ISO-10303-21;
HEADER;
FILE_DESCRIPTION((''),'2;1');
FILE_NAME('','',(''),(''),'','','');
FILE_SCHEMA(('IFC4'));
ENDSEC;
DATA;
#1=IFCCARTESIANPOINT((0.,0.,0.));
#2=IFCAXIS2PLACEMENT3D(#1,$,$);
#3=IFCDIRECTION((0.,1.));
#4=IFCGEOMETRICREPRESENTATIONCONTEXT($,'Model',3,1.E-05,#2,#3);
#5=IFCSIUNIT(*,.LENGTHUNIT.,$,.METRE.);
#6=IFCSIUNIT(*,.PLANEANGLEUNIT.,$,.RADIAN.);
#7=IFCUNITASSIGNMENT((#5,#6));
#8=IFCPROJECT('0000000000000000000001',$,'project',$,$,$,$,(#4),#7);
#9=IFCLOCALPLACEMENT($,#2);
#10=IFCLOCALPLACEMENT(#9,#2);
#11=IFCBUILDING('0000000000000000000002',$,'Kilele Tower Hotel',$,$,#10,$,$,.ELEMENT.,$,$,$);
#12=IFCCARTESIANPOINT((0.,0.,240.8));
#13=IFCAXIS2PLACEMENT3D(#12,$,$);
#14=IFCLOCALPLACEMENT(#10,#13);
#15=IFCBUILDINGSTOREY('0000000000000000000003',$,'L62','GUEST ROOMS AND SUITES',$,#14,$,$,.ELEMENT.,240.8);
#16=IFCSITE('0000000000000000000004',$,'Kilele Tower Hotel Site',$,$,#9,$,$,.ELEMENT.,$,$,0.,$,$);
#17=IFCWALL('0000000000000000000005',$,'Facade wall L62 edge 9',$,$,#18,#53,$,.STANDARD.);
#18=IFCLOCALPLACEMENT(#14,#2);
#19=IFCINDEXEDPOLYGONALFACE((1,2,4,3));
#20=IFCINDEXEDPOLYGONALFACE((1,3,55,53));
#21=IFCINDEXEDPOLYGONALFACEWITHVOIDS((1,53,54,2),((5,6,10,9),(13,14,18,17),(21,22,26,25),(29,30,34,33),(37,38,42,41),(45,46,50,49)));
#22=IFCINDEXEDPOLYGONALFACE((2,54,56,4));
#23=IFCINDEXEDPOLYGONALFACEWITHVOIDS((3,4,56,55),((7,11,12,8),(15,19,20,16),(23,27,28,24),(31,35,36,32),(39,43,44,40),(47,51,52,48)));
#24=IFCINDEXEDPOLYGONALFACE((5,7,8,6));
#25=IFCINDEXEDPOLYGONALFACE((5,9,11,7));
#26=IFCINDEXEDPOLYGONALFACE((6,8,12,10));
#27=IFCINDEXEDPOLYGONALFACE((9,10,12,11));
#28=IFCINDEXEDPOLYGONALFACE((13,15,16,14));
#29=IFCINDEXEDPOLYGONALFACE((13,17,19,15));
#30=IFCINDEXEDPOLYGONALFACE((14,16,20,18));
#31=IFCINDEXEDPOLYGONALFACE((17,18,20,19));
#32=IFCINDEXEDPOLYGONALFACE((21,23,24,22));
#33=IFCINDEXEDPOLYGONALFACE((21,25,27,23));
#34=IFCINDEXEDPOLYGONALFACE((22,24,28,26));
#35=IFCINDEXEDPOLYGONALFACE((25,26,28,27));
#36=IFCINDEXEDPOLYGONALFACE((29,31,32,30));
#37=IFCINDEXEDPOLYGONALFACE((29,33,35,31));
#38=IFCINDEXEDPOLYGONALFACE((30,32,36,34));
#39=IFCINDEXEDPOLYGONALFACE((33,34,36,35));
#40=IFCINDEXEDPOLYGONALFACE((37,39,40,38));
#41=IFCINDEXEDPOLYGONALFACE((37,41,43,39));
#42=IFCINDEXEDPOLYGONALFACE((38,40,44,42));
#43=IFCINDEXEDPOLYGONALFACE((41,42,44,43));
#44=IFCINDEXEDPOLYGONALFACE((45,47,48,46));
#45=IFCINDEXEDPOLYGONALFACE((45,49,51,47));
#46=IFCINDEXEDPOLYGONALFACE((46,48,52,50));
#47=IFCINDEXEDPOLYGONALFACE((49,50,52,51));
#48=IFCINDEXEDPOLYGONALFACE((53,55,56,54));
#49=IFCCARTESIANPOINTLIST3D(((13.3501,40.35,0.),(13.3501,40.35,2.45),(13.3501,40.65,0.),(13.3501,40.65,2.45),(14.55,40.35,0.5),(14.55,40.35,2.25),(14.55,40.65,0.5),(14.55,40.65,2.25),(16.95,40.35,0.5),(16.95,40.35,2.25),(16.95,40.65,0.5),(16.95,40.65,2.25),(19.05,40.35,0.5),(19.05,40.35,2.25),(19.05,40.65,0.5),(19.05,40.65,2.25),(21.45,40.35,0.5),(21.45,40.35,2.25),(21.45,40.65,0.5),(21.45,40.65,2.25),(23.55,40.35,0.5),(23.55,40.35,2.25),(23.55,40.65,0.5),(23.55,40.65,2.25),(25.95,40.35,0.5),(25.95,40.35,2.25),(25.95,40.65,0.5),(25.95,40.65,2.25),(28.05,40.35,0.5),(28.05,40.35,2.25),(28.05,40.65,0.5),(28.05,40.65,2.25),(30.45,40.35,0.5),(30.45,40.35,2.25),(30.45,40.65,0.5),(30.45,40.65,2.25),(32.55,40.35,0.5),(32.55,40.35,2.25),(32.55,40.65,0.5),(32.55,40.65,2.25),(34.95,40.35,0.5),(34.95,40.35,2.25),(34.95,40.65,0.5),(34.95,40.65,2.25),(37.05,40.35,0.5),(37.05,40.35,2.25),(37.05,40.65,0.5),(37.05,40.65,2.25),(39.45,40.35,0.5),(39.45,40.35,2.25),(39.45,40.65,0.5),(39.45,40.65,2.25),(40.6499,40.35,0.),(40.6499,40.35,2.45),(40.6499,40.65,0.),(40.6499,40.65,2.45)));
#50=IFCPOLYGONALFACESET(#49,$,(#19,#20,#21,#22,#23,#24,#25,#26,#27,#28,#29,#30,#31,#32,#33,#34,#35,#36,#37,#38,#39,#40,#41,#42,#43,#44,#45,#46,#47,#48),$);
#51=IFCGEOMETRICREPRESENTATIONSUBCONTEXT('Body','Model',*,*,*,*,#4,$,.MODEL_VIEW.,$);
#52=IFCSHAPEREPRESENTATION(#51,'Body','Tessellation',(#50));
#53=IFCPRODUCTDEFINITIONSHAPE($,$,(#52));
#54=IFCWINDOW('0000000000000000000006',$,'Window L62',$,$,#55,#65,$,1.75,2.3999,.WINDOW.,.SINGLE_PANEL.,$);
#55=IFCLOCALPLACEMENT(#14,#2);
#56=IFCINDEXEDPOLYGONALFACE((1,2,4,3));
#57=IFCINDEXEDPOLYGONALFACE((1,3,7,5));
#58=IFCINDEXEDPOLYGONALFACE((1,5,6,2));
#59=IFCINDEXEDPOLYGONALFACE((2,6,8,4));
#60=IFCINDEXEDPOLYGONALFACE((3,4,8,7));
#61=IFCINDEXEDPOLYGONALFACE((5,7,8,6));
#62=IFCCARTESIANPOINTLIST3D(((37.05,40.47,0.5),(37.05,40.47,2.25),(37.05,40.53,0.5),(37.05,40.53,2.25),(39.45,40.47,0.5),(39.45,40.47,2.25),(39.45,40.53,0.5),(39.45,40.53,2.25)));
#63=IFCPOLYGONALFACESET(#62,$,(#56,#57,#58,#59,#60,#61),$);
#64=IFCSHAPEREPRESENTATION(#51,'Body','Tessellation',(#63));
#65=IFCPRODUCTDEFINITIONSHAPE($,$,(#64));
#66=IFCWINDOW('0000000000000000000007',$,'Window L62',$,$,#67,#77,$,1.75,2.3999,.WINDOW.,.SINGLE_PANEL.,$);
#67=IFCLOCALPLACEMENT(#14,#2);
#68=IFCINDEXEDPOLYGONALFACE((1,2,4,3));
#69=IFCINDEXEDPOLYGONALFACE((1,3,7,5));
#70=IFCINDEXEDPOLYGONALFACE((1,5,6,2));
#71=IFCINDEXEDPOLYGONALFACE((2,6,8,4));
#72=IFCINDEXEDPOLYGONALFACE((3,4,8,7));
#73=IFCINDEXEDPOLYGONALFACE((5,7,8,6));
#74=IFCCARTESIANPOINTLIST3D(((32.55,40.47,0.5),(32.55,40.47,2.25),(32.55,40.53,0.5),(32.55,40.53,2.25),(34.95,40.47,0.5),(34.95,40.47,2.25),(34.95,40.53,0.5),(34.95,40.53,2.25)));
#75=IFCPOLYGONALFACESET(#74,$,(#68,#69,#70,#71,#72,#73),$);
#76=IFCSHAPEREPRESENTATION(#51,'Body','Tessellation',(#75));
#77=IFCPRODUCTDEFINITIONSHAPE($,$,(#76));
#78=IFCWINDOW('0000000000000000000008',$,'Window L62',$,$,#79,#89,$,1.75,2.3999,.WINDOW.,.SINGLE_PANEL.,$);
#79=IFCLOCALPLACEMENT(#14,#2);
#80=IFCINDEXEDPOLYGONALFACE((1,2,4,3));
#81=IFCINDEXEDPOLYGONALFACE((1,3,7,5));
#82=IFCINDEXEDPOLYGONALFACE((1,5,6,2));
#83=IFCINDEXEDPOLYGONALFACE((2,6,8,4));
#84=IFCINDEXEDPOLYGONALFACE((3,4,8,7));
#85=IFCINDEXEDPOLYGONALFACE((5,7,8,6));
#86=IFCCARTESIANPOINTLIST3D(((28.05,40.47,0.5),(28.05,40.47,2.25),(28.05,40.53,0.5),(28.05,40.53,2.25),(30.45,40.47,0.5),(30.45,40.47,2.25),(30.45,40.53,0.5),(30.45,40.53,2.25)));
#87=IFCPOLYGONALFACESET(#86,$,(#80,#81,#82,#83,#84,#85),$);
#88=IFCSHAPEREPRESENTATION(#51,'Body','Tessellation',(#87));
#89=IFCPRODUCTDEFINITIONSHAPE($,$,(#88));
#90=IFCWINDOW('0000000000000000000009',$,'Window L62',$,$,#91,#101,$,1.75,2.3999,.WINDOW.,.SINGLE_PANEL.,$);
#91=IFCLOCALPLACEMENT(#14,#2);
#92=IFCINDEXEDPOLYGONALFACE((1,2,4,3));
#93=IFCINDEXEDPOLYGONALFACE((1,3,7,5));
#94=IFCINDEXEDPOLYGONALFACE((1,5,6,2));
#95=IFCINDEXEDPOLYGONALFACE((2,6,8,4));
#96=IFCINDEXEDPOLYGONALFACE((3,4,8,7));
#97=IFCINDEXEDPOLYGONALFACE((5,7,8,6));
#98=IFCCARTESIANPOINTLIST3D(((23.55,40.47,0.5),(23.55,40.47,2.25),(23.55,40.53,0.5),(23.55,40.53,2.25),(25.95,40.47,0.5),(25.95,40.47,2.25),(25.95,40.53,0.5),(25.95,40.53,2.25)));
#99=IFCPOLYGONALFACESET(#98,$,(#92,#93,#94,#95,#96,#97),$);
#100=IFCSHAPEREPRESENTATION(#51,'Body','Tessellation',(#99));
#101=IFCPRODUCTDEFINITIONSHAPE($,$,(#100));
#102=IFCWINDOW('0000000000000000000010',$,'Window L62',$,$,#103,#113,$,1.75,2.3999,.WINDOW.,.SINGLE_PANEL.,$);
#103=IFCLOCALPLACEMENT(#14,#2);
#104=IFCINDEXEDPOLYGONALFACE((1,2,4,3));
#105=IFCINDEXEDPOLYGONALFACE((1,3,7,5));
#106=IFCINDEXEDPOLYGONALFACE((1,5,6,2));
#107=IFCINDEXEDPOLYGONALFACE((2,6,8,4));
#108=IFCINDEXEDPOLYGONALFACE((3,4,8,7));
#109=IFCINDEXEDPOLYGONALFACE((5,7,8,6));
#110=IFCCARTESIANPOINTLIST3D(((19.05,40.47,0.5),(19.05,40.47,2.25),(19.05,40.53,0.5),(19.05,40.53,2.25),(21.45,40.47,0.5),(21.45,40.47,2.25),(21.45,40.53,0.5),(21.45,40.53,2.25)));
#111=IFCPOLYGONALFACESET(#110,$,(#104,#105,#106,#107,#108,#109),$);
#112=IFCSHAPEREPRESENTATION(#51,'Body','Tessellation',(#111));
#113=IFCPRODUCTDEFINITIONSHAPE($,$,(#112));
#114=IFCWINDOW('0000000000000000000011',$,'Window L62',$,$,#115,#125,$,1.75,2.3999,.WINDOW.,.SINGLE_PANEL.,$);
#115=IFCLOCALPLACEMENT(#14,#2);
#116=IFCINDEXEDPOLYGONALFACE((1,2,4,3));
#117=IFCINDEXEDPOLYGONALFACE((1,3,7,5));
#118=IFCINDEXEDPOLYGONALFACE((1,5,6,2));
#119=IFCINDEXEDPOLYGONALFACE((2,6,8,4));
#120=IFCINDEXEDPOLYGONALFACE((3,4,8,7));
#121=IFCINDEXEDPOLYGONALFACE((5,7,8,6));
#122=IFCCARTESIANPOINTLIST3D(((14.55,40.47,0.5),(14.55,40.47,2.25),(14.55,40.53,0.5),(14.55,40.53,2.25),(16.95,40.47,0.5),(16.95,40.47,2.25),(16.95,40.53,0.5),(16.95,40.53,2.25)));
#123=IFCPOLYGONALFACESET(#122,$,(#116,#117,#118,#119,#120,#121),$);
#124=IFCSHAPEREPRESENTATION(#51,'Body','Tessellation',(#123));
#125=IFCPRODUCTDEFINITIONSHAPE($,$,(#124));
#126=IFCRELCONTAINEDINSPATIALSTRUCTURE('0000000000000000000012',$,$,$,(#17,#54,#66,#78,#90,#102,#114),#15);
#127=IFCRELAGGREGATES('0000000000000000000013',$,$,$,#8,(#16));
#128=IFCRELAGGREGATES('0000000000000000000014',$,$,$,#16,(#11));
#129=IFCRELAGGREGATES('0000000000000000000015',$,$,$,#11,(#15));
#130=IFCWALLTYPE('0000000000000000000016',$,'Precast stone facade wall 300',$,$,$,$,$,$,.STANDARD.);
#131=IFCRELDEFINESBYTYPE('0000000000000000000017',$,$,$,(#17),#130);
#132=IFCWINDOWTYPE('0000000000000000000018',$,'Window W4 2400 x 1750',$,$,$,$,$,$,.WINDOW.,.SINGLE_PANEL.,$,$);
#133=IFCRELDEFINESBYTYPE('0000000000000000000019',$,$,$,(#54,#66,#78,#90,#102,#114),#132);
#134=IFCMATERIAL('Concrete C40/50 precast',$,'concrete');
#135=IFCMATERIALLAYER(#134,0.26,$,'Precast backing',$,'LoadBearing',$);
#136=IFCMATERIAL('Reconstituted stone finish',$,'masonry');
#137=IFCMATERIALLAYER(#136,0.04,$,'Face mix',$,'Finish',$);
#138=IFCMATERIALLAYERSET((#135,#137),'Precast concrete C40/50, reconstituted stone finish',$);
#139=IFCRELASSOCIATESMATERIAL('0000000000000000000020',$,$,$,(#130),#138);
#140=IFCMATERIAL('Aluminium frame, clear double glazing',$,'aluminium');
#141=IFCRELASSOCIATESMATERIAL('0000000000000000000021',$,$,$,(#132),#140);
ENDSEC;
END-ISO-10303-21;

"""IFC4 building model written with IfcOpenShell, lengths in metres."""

from ifc_helpers import new_model, si_unit, direction, frame, frame_2d, origin, place, context, subcontext, project, spatial, rectangle, extrude, material, layer, layer_set, type_object, element, fill, save


model = new_model("IFC4")

# Units and contexts
model_context = context("Model", 3, precision=1e-05, world=origin(), true_north=direction((0.0, 1.0)))
body_context = subcontext(model_context, "Body", "Model", "MODEL_VIEW")
ifc_project = project(units=[si_unit("LENGTHUNIT", "METRE"), si_unit("PLANEANGLEUNIT", "RADIAN")], contexts=[model_context])

# Site, building, storey
site_placement = place(None, origin())
site = spatial("IfcSite", under=ifc_project, at=site_placement, Name="Kilele Tower Hotel Site", CompositionType="ELEMENT", RefElevation=0.0)
building_placement = place(site_placement, origin())
building = spatial("IfcBuilding", under=site, at=building_placement, Name="Kilele Tower Hotel", CompositionType="ELEMENT")
storey_placement = place(building_placement, frame((0.0, 0.0, 240.8)))
storey = spatial("IfcBuildingStorey", under=building, at=storey_placement, Name="L62", Description="GUEST ROOMS AND SUITES", CompositionType="ELEMENT", Elevation=240.8)

# Shared definitions
ifc_material_1 = material(Name="Concrete C40/50 precast", Category="concrete")
ifc_layer_1 = layer(ifc_material_1, 0.26, Name="Precast backing", Category="LoadBearing")
ifc_material_2 = material(Name="Reconstituted stone finish", Category="masonry")
ifc_layer_2 = layer(ifc_material_2, 0.04, Name="Face mix", Category="Finish")
ifc_layer_set = layer_set([ifc_layer_1, ifc_layer_2], Name="Precast concrete C40/50, reconstituted stone finish")
wall_type = type_object("IfcWallType", Name="Precast stone facade wall 300", PredefinedType="STANDARD", material=ifc_layer_set)
ifc_material_3 = material(Name="Aluminium frame, clear double glazing", Category="aluminium")
window_type = type_object("IfcWindowType", Name="Window W4 2400 x 1750", PartitioningType="SINGLE_PANEL", PredefinedType="WINDOW", material=ifc_material_3)

# Wall, openings, windows
wall_1_placement = place(storey_placement, frame((40.6499, 40.5, 0.0), z_axis=(0.0, 0.0, 1.0), x_axis=(-1.0, 0.0, 0.0)))
wall_1 = element("IfcWall", 1, at=wall_1_placement, inside=storey, type_object=wall_type, Name="Facade wall L62 edge 9", PredefinedType="STANDARD", context=body_context, shape_type="SweptSolid", body=[
    extrude(rectangle(XDim=27.2998, YDim=0.3, at=frame_2d((13.6499, 0.0))), origin(), (0.0, 0.0, 1.0), 2.45),
])
opening_1_placement = place(wall_1_placement, frame((1.2, 0.0, 0.5)))
opening_1 = element("IfcOpeningElement", 2, at=opening_1_placement, cuts=wall_1, PredefinedType="OPENING", context=body_context, shape_type="SweptSolid", body=[
    extrude(rectangle(XDim=2.3999, YDim=1.75, at=frame_2d((1.2, 0.875))), frame((0.0, 0.1599, 0.0), z_axis=(0.0, -1.0, 0.0), x_axis=(1.0, 0.0, 0.0)), (0.0, 0.0, 1.0), 0.3201),
])
opening_2_placement = place(wall_1_placement, frame((5.7, 0.0, 0.5)))
opening_2 = element("IfcOpeningElement", 3, at=opening_2_placement, cuts=wall_1, PredefinedType="OPENING", context=body_context, shape_type="SweptSolid", body=[
    extrude(rectangle(XDim=2.3999, YDim=1.75, at=frame_2d((1.2, 0.875))), frame((0.0, 0.1599, 0.0), z_axis=(0.0, -1.0, 0.0), x_axis=(1.0, 0.0, 0.0)), (0.0, 0.0, 1.0), 0.3201),
])
opening_3_placement = place(wall_1_placement, frame((10.2, 0.0, 0.5)))
opening_3 = element("IfcOpeningElement", 4, at=opening_3_placement, cuts=wall_1, PredefinedType="OPENING", context=body_context, shape_type="SweptSolid", body=[
    extrude(rectangle(XDim=2.3999, YDim=1.75, at=frame_2d((1.2, 0.875))), frame((0.0, 0.1599, 0.0), z_axis=(0.0, -1.0, 0.0), x_axis=(1.0, 0.0, 0.0)), (0.0, 0.0, 1.0), 0.3201),
])
opening_4_placement = place(wall_1_placement, frame((14.7, 0.0, 0.5)))
opening_4 = element("IfcOpeningElement", 5, at=opening_4_placement, cuts=wall_1, PredefinedType="OPENING", context=body_context, shape_type="SweptSolid", body=[
    extrude(rectangle(XDim=2.3999, YDim=1.75, at=frame_2d((1.2, 0.875))), frame((0.0, 0.1599, 0.0), z_axis=(0.0, -1.0, 0.0), x_axis=(1.0, 0.0, 0.0)), (0.0, 0.0, 1.0), 0.3201),
])
opening_5_placement = place(wall_1_placement, frame((19.2, 0.0, 0.5)))
opening_5 = element("IfcOpeningElement", 6, at=opening_5_placement, cuts=wall_1, PredefinedType="OPENING", context=body_context, shape_type="SweptSolid", body=[
    extrude(rectangle(XDim=2.3999, YDim=1.75, at=frame_2d((1.2, 0.875))), frame((0.0, 0.1599, 0.0), z_axis=(0.0, -1.0, 0.0), x_axis=(1.0, 0.0, 0.0)), (0.0, 0.0, 1.0), 0.3201),
])
opening_6_placement = place(wall_1_placement, frame((23.7, 0.0, 0.5)))
opening_6 = element("IfcOpeningElement", 7, at=opening_6_placement, cuts=wall_1, PredefinedType="OPENING", context=body_context, shape_type="SweptSolid", body=[
    extrude(rectangle(XDim=2.3999, YDim=1.75, at=frame_2d((1.2, 0.875))), frame((0.0, 0.1599, 0.0), z_axis=(0.0, -1.0, 0.0), x_axis=(1.0, 0.0, 0.0)), (0.0, 0.0, 1.0), 0.3201),
])
window_1_placement = place(opening_1_placement, origin())
window_1 = element("IfcWindow", 8, at=window_1_placement, inside=storey, type_object=window_type, Name="Window L62", OverallHeight=1.75, OverallWidth=2.3999, PartitioningType="SINGLE_PANEL", PredefinedType="WINDOW", context=body_context, shape_type="SweptSolid", body=[
    extrude(rectangle(XDim=2.3999, YDim=1.75, at=frame_2d((1.2, 0.875))), frame((0.0, 0.03, 0.0), z_axis=(0.0, -1.0, 0.0), x_axis=(1.0, 0.0, 0.0)), (0.0, 0.0, 1.0), 0.0601),
])
fill(opening_1, window_1)
window_2_placement = place(opening_2_placement, origin())
window_2 = element("IfcWindow", 9, at=window_2_placement, inside=storey, type_object=window_type, Name="Window L62", OverallHeight=1.75, OverallWidth=2.3999, PartitioningType="SINGLE_PANEL", PredefinedType="WINDOW", context=body_context, shape_type="SweptSolid", body=[
    extrude(rectangle(XDim=2.3999, YDim=1.75, at=frame_2d((1.2, 0.875))), frame((0.0, 0.03, 0.0), z_axis=(0.0, -1.0, 0.0), x_axis=(1.0, 0.0, 0.0)), (0.0, 0.0, 1.0), 0.0601),
])
fill(opening_2, window_2)
window_3_placement = place(opening_3_placement, origin())
window_3 = element("IfcWindow", 10, at=window_3_placement, inside=storey, type_object=window_type, Name="Window L62", OverallHeight=1.75, OverallWidth=2.3999, PartitioningType="SINGLE_PANEL", PredefinedType="WINDOW", context=body_context, shape_type="SweptSolid", body=[
    extrude(rectangle(XDim=2.3999, YDim=1.75, at=frame_2d((1.2, 0.875))), frame((0.0, 0.03, 0.0), z_axis=(0.0, -1.0, 0.0), x_axis=(1.0, 0.0, 0.0)), (0.0, 0.0, 1.0), 0.0601),
])
fill(opening_3, window_3)
window_4_placement = place(opening_4_placement, origin())
window_4 = element("IfcWindow", 11, at=window_4_placement, inside=storey, type_object=window_type, Name="Window L62", OverallHeight=1.75, OverallWidth=2.3999, PartitioningType="SINGLE_PANEL", PredefinedType="WINDOW", context=body_context, shape_type="SweptSolid", body=[
    extrude(rectangle(XDim=2.3999, YDim=1.75, at=frame_2d((1.2, 0.875))), frame((0.0, 0.03, 0.0), z_axis=(0.0, -1.0, 0.0), x_axis=(1.0, 0.0, 0.0)), (0.0, 0.0, 1.0), 0.0601),
])
fill(opening_4, window_4)
window_5_placement = place(opening_5_placement, origin())
window_5 = element("IfcWindow", 12, at=window_5_placement, inside=storey, type_object=window_type, Name="Window L62", OverallHeight=1.75, OverallWidth=2.3999, PartitioningType="SINGLE_PANEL", PredefinedType="WINDOW", context=body_context, shape_type="SweptSolid", body=[
    extrude(rectangle(XDim=2.3999, YDim=1.75, at=frame_2d((1.2, 0.875))), frame((0.0, 0.03, 0.0), z_axis=(0.0, -1.0, 0.0), x_axis=(1.0, 0.0, 0.0)), (0.0, 0.0, 1.0), 0.0601),
])
fill(opening_5, window_5)
window_6_placement = place(opening_6_placement, origin())
window_6 = element("IfcWindow", 13, at=window_6_placement, inside=storey, type_object=window_type, Name="Window L62", OverallHeight=1.75, OverallWidth=2.3999, PartitioningType="SINGLE_PANEL", PredefinedType="WINDOW", context=body_context, shape_type="SweptSolid", body=[
    extrude(rectangle(XDim=2.3999, YDim=1.75, at=frame_2d((1.2, 0.875))), frame((0.0, 0.03, 0.0), z_axis=(0.0, -1.0, 0.0), x_axis=(1.0, 0.0, 0.0)), (0.0, 0.0, 1.0), 0.0601),
])
fill(opening_6, window_6)

save(model, "model.ifc")
